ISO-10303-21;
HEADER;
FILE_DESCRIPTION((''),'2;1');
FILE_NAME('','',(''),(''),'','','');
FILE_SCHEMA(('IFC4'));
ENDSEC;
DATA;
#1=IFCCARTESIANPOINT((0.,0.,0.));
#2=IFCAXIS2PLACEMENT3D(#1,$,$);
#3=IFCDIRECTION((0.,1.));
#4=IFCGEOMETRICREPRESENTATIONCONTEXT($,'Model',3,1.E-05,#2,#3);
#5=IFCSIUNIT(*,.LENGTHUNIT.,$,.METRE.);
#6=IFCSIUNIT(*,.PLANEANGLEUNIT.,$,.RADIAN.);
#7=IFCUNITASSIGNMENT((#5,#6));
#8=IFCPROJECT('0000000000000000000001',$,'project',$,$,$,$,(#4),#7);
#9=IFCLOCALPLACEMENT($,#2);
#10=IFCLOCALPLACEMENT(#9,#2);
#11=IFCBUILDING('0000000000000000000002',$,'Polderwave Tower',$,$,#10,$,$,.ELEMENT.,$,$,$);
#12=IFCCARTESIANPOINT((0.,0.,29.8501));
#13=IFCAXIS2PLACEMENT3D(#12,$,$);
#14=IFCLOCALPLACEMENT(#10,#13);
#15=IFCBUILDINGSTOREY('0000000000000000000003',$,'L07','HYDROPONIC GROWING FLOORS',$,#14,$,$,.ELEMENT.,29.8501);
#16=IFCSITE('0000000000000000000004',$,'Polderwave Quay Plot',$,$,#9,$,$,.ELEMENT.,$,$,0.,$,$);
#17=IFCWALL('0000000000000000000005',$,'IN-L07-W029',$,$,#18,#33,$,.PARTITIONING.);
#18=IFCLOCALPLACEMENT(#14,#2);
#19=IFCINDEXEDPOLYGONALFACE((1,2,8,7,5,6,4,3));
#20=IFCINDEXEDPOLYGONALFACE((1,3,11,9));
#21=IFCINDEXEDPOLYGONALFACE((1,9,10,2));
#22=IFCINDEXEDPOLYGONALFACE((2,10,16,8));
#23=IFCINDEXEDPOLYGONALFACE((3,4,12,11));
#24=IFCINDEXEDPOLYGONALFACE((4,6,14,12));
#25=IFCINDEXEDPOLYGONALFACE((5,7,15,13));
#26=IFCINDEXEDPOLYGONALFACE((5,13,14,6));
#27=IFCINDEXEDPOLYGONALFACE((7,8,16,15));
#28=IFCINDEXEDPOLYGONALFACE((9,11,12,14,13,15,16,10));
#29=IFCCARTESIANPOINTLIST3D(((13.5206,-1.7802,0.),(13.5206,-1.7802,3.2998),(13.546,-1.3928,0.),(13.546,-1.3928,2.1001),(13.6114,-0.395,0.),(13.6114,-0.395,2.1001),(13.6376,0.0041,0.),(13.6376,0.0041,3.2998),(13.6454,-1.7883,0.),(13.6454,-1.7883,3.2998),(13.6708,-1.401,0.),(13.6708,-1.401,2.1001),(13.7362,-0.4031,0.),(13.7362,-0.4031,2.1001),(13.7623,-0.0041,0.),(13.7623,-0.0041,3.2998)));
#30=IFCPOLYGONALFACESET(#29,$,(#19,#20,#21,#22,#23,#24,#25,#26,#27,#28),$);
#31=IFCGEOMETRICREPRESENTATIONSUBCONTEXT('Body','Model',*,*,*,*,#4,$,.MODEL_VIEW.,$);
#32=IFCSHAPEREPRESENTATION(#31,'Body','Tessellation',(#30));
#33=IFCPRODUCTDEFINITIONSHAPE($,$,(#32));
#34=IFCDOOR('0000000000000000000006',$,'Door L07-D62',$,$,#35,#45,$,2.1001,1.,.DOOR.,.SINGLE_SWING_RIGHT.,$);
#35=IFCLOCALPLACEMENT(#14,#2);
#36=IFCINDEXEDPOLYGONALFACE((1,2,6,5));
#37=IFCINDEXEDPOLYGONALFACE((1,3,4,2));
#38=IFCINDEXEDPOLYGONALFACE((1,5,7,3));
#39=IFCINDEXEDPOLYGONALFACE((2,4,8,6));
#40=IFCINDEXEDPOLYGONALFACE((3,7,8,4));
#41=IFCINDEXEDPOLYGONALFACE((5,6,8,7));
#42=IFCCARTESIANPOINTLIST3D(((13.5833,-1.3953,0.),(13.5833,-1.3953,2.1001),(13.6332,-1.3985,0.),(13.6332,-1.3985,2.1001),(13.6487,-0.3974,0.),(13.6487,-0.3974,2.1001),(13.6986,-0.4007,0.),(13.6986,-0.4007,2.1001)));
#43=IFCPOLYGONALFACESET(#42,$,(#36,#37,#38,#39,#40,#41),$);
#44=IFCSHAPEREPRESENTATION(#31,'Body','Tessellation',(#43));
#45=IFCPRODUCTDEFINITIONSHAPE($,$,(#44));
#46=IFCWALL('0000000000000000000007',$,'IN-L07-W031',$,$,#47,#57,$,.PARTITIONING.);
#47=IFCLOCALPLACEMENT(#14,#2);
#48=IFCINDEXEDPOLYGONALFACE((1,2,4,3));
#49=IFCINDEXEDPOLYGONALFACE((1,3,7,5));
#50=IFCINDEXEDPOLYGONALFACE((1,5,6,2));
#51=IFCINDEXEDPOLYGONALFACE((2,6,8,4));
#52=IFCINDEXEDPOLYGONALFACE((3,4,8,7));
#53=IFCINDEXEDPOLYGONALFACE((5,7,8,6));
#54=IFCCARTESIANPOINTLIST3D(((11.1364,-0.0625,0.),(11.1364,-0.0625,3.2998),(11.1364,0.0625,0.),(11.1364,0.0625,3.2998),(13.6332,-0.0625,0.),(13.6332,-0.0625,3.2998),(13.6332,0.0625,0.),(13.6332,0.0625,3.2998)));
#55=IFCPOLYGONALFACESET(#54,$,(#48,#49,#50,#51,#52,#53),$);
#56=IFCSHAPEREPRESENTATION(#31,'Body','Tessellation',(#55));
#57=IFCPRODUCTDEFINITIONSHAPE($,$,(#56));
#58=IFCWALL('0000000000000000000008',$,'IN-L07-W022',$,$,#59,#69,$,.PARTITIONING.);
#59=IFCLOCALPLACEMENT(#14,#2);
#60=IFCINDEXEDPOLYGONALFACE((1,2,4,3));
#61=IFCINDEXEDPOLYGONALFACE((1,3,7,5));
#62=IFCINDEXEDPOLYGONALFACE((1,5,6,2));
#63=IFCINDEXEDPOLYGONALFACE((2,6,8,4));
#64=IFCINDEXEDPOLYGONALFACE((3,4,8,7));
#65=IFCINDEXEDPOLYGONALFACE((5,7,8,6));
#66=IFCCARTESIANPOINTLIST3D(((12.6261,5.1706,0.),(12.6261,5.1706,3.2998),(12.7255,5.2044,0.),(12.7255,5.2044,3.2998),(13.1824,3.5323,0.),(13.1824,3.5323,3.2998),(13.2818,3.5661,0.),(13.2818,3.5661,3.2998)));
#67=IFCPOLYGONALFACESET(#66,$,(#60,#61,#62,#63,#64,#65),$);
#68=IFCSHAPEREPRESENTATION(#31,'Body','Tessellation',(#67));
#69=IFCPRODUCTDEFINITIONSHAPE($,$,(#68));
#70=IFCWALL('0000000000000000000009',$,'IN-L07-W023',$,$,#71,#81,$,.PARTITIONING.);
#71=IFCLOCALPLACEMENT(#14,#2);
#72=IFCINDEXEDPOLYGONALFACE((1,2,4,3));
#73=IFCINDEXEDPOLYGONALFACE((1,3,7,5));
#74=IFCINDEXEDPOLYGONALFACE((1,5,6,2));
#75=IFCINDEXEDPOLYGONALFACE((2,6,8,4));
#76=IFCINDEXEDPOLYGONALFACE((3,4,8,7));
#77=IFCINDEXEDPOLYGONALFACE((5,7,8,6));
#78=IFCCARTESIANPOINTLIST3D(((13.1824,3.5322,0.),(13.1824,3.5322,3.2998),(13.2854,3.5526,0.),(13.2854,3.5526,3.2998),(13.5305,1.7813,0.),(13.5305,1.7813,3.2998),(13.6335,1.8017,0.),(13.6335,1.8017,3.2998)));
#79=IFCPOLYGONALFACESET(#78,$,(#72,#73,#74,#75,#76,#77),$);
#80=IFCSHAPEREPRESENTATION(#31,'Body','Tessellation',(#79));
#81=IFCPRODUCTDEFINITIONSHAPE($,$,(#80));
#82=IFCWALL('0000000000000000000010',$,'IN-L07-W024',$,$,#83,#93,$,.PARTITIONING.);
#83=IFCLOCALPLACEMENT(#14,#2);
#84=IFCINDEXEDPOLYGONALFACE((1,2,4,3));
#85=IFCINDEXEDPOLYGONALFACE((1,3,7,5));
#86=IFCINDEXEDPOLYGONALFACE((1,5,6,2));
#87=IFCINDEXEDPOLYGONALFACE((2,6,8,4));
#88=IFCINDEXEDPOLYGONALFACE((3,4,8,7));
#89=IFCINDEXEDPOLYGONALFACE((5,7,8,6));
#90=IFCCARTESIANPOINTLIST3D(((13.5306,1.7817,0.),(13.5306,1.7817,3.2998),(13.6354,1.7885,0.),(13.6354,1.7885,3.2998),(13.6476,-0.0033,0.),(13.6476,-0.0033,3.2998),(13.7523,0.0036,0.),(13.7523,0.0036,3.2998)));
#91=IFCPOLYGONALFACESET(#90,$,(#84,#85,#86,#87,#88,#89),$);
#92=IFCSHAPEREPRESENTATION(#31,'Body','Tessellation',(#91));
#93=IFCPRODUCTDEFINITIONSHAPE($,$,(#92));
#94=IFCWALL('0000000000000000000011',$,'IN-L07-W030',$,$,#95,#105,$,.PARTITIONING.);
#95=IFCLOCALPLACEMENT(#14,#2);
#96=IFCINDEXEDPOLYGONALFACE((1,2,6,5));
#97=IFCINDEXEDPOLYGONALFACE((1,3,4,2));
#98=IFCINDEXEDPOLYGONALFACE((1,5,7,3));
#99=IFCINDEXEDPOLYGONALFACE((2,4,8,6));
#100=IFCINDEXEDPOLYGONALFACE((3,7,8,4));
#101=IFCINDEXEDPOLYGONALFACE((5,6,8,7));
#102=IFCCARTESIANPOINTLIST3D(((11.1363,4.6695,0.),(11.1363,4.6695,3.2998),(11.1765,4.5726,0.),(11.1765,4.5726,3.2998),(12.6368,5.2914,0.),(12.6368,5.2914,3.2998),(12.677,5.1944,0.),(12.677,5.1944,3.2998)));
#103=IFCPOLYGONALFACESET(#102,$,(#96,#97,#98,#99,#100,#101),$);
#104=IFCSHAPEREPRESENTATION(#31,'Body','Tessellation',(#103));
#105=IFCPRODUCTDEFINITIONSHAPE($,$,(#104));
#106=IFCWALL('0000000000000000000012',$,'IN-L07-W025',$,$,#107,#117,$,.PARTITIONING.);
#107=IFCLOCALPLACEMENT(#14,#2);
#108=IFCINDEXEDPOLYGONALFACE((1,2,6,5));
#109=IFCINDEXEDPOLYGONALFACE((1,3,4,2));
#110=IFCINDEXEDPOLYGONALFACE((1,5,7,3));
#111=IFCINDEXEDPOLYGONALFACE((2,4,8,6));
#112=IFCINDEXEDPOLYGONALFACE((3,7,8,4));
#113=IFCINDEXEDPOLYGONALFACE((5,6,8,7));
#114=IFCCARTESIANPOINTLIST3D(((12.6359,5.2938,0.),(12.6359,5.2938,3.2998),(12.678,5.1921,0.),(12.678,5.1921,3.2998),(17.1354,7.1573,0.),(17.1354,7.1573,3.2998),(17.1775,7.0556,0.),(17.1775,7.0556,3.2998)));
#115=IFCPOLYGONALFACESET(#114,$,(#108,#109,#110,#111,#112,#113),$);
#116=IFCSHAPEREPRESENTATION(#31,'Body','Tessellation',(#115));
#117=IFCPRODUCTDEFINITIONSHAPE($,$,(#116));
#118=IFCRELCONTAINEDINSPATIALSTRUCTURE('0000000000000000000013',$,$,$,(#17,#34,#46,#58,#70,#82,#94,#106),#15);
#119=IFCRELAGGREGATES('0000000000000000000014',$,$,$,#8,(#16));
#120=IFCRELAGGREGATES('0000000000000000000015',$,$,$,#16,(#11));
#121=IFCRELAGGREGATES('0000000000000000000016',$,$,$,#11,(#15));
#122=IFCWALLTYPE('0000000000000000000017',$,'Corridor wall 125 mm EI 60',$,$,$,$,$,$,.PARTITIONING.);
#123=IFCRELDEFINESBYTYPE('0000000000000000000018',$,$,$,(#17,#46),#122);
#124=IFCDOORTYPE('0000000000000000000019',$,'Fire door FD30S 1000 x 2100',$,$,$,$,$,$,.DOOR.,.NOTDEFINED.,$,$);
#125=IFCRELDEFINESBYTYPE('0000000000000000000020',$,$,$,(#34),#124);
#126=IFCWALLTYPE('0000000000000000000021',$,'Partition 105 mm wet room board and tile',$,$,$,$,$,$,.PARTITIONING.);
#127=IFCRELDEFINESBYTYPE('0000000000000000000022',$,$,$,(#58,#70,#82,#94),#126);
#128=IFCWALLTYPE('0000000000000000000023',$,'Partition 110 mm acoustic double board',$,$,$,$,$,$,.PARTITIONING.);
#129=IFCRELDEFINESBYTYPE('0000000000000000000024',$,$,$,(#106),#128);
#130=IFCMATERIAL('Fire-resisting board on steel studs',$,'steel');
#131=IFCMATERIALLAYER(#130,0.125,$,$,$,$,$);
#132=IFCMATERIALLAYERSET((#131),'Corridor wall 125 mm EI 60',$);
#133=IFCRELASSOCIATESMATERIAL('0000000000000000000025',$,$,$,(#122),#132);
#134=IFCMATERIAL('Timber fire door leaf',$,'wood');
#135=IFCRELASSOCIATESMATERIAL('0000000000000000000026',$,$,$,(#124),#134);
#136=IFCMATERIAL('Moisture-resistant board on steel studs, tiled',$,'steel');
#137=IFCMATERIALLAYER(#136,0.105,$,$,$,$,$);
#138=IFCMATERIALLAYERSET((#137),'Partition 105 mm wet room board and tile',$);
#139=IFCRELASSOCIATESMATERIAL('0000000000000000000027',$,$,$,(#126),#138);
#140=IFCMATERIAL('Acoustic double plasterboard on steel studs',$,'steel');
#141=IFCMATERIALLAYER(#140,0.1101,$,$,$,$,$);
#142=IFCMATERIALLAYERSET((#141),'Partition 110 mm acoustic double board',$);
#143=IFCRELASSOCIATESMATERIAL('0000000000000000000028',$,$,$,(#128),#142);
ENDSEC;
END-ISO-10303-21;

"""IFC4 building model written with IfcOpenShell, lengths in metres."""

from ifc_helpers import new_model, si_unit, direction, frame, frame_2d, origin, place, context, subcontext, project, spatial, rectangle, extrude, material, layer, layer_set, type_object, element, fill, save


model = new_model("IFC4")

# Units and contexts
model_context = context("Model", 3, precision=1e-05, world=origin(), true_north=direction((0.0, 1.0)))
body_context = subcontext(model_context, "Body", "Model", "MODEL_VIEW")
ifc_project = project(units=[si_unit("LENGTHUNIT", "METRE"), si_unit("PLANEANGLEUNIT", "RADIAN")], contexts=[model_context])

# Site, building, storey
site_placement = place(None, origin())
site = spatial("IfcSite", under=ifc_project, at=site_placement, Name="Polderwave Quay Plot", CompositionType="ELEMENT", RefElevation=0.0)
building_placement = place(site_placement, origin())
building = spatial("IfcBuilding", under=site, at=building_placement, Name="Polderwave Tower", CompositionType="ELEMENT")
storey_placement = place(building_placement, frame((0.0, 0.0, 29.8501)))
storey = spatial("IfcBuildingStorey", under=building, at=storey_placement, Name="L07", Description="HYDROPONIC GROWING FLOORS", CompositionType="ELEMENT", Elevation=29.8501)

# Wall, opening, door
ifc_material_1 = material(Name="Fire-resisting board on steel studs", Category="steel")
ifc_layer_1 = layer(ifc_material_1, 0.125)
ifc_layer_set_1 = layer_set([ifc_layer_1], Name="Corridor wall 125 mm EI 60")
wall_type_1 = type_object("IfcWallType", Name="Corridor wall 125 mm EI 60", PredefinedType="PARTITIONING", material=ifc_layer_set_1)
wall_1_placement = place(storey_placement, frame((13.7, 0.0, 0.0), z_axis=(0.0, 0.0, 1.0), x_axis=(-0.065404, -0.997859, 0.0)))
wall_1 = element("IfcWall", 1, at=wall_1_placement, inside=storey, type_object=wall_type_1, Name="IN-L07-W029", PredefinedType="PARTITIONING", context=body_context, shape_type="SweptSolid", body=[
    extrude(rectangle(XDim=1.7881, YDim=0.125, at=frame_2d((0.894, 0.0))), origin(), (0.0, 0.0, 1.0), 3.2998),
])
opening_placement = place(wall_1_placement, frame((0.3999, 0.0, 0.0)))
opening = element("IfcOpeningElement", 2, at=opening_placement, cuts=wall_1, PredefinedType="OPENING", context=body_context, shape_type="SweptSolid", body=[
    extrude(rectangle(XDim=1.0, YDim=2.1001, at=frame_2d((0.5, 1.05))), frame((0.0, 0.0725, 0.0), z_axis=(0.0, -1.0, 0.0), x_axis=(1.0, 0.0, 0.0)), (0.0, 0.0, 1.0), 0.145),
])
ifc_material_2 = material(Name="Timber fire door leaf", Category="wood")
door_type = type_object("IfcDoorType", Name="Fire door FD30S 1000 x 2100", OperationType="NOTDEFINED", PredefinedType="DOOR", material=ifc_material_2)
door_placement = place(opening_placement, origin())
door = element("IfcDoor", 3, at=door_placement, inside=storey, type_object=door_type, Name="Door L07-D62", OperationType="SINGLE_SWING_RIGHT", OverallHeight=2.1001, OverallWidth=1.0, PredefinedType="DOOR", context=body_context, shape_type="SweptSolid", body=[
    extrude(rectangle(XDim=1.0, YDim=2.1001, at=frame_2d((0.5, 1.05))), frame((0.0, 0.0249, 0.0), z_axis=(0.0, -1.0, 0.0), x_axis=(1.0, 0.0, 0.0)), (0.0, 0.0, 1.0), 0.05),
])
fill(opening, door)

# Walls
wall_2_placement = place(storey_placement, frame((13.6333, 0.0, 0.0), z_axis=(0.0, 0.0, 1.0), x_axis=(-1.0, 0.0, 0.0)))
element("IfcWall", 4, at=wall_2_placement, inside=storey, type_object=wall_type_1, Name="IN-L07-W031", PredefinedType="PARTITIONING", context=body_context, shape_type="SweptSolid", body=[
    extrude(rectangle(XDim=2.4968, YDim=0.125, at=frame_2d((1.2485, 0.0))), origin(), (0.0, 0.0, 1.0), 3.2998),
])
ifc_material_3 = material(Name="Moisture-resistant board on steel studs, tiled", Category="steel")
ifc_layer_2 = layer(ifc_material_3, 0.105)
ifc_layer_set_2 = layer_set([ifc_layer_2], Name="Partition 105 mm wet room board and tile")
wall_type_2 = type_object("IfcWallType", Name="Partition 105 mm wet room board and tile", PredefinedType="PARTITIONING", material=ifc_layer_set_2)
wall_3_placement = place(storey_placement, frame((13.2322, 3.5491, 0.0), z_axis=(0.0, 0.0, 1.0), x_axis=(-0.321556, 0.946891, 0.0)))
element("IfcWall", 5, at=wall_3_placement, inside=storey, type_object=wall_type_2, Name="IN-L07-W022", PredefinedType="PARTITIONING", context=body_context, shape_type="SweptSolid", body=[
    extrude(rectangle(XDim=1.7302, YDim=0.105, at=frame_2d((0.8652, 0.0))), origin(), (0.0, 0.0, 1.0), 3.2998),
])
wall_4_placement = place(storey_placement, frame((13.582, 1.7915, 0.0), z_axis=(0.0, 0.0, 1.0), x_axis=(-0.195011, 0.980801, 0.0)))
element("IfcWall", 6, at=wall_4_placement, inside=storey, type_object=wall_type_2, Name="IN-L07-W023", PredefinedType="PARTITIONING", context=body_context, shape_type="SweptSolid", body=[
    extrude(rectangle(XDim=1.7852, YDim=0.105, at=frame_2d((0.8926, 0.0))), origin(), (0.0, 0.0, 1.0), 3.2998),
])
wall_5_placement = place(storey_placement, frame((13.7, 0.0, 0.0), z_axis=(0.0, 0.0, 1.0), x_axis=(-0.065378, 0.997861, 0.0)))
element("IfcWall", 7, at=wall_5_placement, inside=storey, type_object=wall_type_2, Name="IN-L07-W024", PredefinedType="PARTITIONING", context=body_context, shape_type="SweptSolid", body=[
    extrude(rectangle(XDim=1.7888, YDim=0.105, at=frame_2d((0.8945, 0.0))), origin(), (0.0, 0.0, 1.0), 3.2998),
])
wall_6_placement = place(storey_placement, frame((11.1565, 4.6211, 0.0), z_axis=(0.0, 0.0, 1.0), x_axis=(0.923813, 0.382843, 0.0)))
element("IfcWall", 8, at=wall_6_placement, inside=storey, type_object=wall_type_2, Name="IN-L07-W030", PredefinedType="PARTITIONING", context=body_context, shape_type="SweptSolid", body=[
    extrude(rectangle(XDim=1.6243, YDim=0.105, at=frame_2d((0.812, 0.0))), origin(), (0.0, 0.0, 1.0), 3.2998),
])
ifc_material_4 = material(Name="Acoustic double plasterboard on steel studs", Category="steel")
ifc_layer_3 = layer(ifc_material_4, 0.1101)
ifc_layer_set_3 = layer_set([ifc_layer_3], Name="Partition 110 mm acoustic double board")
wall_type_3 = type_object("IfcWallType", Name="Partition 110 mm acoustic double board", PredefinedType="PARTITIONING", material=ifc_layer_set_3)
wall_7_placement = place(storey_placement, frame((12.657, 5.2429, 0.0), z_axis=(0.0, 0.0, 1.0), x_axis=(0.923896, 0.382643, 0.0)))
element("IfcWall", 9, at=wall_7_placement, inside=storey, type_object=wall_type_3, Name="IN-L07-W025", PredefinedType="PARTITIONING", context=body_context, shape_type="SweptSolid", body=[
    extrude(rectangle(XDim=4.8701, YDim=0.1101, at=frame_2d((2.4351, 0.0))), origin(), (0.0, 0.0, 1.0), 3.2998),
])

save(model, "model.ifc")
